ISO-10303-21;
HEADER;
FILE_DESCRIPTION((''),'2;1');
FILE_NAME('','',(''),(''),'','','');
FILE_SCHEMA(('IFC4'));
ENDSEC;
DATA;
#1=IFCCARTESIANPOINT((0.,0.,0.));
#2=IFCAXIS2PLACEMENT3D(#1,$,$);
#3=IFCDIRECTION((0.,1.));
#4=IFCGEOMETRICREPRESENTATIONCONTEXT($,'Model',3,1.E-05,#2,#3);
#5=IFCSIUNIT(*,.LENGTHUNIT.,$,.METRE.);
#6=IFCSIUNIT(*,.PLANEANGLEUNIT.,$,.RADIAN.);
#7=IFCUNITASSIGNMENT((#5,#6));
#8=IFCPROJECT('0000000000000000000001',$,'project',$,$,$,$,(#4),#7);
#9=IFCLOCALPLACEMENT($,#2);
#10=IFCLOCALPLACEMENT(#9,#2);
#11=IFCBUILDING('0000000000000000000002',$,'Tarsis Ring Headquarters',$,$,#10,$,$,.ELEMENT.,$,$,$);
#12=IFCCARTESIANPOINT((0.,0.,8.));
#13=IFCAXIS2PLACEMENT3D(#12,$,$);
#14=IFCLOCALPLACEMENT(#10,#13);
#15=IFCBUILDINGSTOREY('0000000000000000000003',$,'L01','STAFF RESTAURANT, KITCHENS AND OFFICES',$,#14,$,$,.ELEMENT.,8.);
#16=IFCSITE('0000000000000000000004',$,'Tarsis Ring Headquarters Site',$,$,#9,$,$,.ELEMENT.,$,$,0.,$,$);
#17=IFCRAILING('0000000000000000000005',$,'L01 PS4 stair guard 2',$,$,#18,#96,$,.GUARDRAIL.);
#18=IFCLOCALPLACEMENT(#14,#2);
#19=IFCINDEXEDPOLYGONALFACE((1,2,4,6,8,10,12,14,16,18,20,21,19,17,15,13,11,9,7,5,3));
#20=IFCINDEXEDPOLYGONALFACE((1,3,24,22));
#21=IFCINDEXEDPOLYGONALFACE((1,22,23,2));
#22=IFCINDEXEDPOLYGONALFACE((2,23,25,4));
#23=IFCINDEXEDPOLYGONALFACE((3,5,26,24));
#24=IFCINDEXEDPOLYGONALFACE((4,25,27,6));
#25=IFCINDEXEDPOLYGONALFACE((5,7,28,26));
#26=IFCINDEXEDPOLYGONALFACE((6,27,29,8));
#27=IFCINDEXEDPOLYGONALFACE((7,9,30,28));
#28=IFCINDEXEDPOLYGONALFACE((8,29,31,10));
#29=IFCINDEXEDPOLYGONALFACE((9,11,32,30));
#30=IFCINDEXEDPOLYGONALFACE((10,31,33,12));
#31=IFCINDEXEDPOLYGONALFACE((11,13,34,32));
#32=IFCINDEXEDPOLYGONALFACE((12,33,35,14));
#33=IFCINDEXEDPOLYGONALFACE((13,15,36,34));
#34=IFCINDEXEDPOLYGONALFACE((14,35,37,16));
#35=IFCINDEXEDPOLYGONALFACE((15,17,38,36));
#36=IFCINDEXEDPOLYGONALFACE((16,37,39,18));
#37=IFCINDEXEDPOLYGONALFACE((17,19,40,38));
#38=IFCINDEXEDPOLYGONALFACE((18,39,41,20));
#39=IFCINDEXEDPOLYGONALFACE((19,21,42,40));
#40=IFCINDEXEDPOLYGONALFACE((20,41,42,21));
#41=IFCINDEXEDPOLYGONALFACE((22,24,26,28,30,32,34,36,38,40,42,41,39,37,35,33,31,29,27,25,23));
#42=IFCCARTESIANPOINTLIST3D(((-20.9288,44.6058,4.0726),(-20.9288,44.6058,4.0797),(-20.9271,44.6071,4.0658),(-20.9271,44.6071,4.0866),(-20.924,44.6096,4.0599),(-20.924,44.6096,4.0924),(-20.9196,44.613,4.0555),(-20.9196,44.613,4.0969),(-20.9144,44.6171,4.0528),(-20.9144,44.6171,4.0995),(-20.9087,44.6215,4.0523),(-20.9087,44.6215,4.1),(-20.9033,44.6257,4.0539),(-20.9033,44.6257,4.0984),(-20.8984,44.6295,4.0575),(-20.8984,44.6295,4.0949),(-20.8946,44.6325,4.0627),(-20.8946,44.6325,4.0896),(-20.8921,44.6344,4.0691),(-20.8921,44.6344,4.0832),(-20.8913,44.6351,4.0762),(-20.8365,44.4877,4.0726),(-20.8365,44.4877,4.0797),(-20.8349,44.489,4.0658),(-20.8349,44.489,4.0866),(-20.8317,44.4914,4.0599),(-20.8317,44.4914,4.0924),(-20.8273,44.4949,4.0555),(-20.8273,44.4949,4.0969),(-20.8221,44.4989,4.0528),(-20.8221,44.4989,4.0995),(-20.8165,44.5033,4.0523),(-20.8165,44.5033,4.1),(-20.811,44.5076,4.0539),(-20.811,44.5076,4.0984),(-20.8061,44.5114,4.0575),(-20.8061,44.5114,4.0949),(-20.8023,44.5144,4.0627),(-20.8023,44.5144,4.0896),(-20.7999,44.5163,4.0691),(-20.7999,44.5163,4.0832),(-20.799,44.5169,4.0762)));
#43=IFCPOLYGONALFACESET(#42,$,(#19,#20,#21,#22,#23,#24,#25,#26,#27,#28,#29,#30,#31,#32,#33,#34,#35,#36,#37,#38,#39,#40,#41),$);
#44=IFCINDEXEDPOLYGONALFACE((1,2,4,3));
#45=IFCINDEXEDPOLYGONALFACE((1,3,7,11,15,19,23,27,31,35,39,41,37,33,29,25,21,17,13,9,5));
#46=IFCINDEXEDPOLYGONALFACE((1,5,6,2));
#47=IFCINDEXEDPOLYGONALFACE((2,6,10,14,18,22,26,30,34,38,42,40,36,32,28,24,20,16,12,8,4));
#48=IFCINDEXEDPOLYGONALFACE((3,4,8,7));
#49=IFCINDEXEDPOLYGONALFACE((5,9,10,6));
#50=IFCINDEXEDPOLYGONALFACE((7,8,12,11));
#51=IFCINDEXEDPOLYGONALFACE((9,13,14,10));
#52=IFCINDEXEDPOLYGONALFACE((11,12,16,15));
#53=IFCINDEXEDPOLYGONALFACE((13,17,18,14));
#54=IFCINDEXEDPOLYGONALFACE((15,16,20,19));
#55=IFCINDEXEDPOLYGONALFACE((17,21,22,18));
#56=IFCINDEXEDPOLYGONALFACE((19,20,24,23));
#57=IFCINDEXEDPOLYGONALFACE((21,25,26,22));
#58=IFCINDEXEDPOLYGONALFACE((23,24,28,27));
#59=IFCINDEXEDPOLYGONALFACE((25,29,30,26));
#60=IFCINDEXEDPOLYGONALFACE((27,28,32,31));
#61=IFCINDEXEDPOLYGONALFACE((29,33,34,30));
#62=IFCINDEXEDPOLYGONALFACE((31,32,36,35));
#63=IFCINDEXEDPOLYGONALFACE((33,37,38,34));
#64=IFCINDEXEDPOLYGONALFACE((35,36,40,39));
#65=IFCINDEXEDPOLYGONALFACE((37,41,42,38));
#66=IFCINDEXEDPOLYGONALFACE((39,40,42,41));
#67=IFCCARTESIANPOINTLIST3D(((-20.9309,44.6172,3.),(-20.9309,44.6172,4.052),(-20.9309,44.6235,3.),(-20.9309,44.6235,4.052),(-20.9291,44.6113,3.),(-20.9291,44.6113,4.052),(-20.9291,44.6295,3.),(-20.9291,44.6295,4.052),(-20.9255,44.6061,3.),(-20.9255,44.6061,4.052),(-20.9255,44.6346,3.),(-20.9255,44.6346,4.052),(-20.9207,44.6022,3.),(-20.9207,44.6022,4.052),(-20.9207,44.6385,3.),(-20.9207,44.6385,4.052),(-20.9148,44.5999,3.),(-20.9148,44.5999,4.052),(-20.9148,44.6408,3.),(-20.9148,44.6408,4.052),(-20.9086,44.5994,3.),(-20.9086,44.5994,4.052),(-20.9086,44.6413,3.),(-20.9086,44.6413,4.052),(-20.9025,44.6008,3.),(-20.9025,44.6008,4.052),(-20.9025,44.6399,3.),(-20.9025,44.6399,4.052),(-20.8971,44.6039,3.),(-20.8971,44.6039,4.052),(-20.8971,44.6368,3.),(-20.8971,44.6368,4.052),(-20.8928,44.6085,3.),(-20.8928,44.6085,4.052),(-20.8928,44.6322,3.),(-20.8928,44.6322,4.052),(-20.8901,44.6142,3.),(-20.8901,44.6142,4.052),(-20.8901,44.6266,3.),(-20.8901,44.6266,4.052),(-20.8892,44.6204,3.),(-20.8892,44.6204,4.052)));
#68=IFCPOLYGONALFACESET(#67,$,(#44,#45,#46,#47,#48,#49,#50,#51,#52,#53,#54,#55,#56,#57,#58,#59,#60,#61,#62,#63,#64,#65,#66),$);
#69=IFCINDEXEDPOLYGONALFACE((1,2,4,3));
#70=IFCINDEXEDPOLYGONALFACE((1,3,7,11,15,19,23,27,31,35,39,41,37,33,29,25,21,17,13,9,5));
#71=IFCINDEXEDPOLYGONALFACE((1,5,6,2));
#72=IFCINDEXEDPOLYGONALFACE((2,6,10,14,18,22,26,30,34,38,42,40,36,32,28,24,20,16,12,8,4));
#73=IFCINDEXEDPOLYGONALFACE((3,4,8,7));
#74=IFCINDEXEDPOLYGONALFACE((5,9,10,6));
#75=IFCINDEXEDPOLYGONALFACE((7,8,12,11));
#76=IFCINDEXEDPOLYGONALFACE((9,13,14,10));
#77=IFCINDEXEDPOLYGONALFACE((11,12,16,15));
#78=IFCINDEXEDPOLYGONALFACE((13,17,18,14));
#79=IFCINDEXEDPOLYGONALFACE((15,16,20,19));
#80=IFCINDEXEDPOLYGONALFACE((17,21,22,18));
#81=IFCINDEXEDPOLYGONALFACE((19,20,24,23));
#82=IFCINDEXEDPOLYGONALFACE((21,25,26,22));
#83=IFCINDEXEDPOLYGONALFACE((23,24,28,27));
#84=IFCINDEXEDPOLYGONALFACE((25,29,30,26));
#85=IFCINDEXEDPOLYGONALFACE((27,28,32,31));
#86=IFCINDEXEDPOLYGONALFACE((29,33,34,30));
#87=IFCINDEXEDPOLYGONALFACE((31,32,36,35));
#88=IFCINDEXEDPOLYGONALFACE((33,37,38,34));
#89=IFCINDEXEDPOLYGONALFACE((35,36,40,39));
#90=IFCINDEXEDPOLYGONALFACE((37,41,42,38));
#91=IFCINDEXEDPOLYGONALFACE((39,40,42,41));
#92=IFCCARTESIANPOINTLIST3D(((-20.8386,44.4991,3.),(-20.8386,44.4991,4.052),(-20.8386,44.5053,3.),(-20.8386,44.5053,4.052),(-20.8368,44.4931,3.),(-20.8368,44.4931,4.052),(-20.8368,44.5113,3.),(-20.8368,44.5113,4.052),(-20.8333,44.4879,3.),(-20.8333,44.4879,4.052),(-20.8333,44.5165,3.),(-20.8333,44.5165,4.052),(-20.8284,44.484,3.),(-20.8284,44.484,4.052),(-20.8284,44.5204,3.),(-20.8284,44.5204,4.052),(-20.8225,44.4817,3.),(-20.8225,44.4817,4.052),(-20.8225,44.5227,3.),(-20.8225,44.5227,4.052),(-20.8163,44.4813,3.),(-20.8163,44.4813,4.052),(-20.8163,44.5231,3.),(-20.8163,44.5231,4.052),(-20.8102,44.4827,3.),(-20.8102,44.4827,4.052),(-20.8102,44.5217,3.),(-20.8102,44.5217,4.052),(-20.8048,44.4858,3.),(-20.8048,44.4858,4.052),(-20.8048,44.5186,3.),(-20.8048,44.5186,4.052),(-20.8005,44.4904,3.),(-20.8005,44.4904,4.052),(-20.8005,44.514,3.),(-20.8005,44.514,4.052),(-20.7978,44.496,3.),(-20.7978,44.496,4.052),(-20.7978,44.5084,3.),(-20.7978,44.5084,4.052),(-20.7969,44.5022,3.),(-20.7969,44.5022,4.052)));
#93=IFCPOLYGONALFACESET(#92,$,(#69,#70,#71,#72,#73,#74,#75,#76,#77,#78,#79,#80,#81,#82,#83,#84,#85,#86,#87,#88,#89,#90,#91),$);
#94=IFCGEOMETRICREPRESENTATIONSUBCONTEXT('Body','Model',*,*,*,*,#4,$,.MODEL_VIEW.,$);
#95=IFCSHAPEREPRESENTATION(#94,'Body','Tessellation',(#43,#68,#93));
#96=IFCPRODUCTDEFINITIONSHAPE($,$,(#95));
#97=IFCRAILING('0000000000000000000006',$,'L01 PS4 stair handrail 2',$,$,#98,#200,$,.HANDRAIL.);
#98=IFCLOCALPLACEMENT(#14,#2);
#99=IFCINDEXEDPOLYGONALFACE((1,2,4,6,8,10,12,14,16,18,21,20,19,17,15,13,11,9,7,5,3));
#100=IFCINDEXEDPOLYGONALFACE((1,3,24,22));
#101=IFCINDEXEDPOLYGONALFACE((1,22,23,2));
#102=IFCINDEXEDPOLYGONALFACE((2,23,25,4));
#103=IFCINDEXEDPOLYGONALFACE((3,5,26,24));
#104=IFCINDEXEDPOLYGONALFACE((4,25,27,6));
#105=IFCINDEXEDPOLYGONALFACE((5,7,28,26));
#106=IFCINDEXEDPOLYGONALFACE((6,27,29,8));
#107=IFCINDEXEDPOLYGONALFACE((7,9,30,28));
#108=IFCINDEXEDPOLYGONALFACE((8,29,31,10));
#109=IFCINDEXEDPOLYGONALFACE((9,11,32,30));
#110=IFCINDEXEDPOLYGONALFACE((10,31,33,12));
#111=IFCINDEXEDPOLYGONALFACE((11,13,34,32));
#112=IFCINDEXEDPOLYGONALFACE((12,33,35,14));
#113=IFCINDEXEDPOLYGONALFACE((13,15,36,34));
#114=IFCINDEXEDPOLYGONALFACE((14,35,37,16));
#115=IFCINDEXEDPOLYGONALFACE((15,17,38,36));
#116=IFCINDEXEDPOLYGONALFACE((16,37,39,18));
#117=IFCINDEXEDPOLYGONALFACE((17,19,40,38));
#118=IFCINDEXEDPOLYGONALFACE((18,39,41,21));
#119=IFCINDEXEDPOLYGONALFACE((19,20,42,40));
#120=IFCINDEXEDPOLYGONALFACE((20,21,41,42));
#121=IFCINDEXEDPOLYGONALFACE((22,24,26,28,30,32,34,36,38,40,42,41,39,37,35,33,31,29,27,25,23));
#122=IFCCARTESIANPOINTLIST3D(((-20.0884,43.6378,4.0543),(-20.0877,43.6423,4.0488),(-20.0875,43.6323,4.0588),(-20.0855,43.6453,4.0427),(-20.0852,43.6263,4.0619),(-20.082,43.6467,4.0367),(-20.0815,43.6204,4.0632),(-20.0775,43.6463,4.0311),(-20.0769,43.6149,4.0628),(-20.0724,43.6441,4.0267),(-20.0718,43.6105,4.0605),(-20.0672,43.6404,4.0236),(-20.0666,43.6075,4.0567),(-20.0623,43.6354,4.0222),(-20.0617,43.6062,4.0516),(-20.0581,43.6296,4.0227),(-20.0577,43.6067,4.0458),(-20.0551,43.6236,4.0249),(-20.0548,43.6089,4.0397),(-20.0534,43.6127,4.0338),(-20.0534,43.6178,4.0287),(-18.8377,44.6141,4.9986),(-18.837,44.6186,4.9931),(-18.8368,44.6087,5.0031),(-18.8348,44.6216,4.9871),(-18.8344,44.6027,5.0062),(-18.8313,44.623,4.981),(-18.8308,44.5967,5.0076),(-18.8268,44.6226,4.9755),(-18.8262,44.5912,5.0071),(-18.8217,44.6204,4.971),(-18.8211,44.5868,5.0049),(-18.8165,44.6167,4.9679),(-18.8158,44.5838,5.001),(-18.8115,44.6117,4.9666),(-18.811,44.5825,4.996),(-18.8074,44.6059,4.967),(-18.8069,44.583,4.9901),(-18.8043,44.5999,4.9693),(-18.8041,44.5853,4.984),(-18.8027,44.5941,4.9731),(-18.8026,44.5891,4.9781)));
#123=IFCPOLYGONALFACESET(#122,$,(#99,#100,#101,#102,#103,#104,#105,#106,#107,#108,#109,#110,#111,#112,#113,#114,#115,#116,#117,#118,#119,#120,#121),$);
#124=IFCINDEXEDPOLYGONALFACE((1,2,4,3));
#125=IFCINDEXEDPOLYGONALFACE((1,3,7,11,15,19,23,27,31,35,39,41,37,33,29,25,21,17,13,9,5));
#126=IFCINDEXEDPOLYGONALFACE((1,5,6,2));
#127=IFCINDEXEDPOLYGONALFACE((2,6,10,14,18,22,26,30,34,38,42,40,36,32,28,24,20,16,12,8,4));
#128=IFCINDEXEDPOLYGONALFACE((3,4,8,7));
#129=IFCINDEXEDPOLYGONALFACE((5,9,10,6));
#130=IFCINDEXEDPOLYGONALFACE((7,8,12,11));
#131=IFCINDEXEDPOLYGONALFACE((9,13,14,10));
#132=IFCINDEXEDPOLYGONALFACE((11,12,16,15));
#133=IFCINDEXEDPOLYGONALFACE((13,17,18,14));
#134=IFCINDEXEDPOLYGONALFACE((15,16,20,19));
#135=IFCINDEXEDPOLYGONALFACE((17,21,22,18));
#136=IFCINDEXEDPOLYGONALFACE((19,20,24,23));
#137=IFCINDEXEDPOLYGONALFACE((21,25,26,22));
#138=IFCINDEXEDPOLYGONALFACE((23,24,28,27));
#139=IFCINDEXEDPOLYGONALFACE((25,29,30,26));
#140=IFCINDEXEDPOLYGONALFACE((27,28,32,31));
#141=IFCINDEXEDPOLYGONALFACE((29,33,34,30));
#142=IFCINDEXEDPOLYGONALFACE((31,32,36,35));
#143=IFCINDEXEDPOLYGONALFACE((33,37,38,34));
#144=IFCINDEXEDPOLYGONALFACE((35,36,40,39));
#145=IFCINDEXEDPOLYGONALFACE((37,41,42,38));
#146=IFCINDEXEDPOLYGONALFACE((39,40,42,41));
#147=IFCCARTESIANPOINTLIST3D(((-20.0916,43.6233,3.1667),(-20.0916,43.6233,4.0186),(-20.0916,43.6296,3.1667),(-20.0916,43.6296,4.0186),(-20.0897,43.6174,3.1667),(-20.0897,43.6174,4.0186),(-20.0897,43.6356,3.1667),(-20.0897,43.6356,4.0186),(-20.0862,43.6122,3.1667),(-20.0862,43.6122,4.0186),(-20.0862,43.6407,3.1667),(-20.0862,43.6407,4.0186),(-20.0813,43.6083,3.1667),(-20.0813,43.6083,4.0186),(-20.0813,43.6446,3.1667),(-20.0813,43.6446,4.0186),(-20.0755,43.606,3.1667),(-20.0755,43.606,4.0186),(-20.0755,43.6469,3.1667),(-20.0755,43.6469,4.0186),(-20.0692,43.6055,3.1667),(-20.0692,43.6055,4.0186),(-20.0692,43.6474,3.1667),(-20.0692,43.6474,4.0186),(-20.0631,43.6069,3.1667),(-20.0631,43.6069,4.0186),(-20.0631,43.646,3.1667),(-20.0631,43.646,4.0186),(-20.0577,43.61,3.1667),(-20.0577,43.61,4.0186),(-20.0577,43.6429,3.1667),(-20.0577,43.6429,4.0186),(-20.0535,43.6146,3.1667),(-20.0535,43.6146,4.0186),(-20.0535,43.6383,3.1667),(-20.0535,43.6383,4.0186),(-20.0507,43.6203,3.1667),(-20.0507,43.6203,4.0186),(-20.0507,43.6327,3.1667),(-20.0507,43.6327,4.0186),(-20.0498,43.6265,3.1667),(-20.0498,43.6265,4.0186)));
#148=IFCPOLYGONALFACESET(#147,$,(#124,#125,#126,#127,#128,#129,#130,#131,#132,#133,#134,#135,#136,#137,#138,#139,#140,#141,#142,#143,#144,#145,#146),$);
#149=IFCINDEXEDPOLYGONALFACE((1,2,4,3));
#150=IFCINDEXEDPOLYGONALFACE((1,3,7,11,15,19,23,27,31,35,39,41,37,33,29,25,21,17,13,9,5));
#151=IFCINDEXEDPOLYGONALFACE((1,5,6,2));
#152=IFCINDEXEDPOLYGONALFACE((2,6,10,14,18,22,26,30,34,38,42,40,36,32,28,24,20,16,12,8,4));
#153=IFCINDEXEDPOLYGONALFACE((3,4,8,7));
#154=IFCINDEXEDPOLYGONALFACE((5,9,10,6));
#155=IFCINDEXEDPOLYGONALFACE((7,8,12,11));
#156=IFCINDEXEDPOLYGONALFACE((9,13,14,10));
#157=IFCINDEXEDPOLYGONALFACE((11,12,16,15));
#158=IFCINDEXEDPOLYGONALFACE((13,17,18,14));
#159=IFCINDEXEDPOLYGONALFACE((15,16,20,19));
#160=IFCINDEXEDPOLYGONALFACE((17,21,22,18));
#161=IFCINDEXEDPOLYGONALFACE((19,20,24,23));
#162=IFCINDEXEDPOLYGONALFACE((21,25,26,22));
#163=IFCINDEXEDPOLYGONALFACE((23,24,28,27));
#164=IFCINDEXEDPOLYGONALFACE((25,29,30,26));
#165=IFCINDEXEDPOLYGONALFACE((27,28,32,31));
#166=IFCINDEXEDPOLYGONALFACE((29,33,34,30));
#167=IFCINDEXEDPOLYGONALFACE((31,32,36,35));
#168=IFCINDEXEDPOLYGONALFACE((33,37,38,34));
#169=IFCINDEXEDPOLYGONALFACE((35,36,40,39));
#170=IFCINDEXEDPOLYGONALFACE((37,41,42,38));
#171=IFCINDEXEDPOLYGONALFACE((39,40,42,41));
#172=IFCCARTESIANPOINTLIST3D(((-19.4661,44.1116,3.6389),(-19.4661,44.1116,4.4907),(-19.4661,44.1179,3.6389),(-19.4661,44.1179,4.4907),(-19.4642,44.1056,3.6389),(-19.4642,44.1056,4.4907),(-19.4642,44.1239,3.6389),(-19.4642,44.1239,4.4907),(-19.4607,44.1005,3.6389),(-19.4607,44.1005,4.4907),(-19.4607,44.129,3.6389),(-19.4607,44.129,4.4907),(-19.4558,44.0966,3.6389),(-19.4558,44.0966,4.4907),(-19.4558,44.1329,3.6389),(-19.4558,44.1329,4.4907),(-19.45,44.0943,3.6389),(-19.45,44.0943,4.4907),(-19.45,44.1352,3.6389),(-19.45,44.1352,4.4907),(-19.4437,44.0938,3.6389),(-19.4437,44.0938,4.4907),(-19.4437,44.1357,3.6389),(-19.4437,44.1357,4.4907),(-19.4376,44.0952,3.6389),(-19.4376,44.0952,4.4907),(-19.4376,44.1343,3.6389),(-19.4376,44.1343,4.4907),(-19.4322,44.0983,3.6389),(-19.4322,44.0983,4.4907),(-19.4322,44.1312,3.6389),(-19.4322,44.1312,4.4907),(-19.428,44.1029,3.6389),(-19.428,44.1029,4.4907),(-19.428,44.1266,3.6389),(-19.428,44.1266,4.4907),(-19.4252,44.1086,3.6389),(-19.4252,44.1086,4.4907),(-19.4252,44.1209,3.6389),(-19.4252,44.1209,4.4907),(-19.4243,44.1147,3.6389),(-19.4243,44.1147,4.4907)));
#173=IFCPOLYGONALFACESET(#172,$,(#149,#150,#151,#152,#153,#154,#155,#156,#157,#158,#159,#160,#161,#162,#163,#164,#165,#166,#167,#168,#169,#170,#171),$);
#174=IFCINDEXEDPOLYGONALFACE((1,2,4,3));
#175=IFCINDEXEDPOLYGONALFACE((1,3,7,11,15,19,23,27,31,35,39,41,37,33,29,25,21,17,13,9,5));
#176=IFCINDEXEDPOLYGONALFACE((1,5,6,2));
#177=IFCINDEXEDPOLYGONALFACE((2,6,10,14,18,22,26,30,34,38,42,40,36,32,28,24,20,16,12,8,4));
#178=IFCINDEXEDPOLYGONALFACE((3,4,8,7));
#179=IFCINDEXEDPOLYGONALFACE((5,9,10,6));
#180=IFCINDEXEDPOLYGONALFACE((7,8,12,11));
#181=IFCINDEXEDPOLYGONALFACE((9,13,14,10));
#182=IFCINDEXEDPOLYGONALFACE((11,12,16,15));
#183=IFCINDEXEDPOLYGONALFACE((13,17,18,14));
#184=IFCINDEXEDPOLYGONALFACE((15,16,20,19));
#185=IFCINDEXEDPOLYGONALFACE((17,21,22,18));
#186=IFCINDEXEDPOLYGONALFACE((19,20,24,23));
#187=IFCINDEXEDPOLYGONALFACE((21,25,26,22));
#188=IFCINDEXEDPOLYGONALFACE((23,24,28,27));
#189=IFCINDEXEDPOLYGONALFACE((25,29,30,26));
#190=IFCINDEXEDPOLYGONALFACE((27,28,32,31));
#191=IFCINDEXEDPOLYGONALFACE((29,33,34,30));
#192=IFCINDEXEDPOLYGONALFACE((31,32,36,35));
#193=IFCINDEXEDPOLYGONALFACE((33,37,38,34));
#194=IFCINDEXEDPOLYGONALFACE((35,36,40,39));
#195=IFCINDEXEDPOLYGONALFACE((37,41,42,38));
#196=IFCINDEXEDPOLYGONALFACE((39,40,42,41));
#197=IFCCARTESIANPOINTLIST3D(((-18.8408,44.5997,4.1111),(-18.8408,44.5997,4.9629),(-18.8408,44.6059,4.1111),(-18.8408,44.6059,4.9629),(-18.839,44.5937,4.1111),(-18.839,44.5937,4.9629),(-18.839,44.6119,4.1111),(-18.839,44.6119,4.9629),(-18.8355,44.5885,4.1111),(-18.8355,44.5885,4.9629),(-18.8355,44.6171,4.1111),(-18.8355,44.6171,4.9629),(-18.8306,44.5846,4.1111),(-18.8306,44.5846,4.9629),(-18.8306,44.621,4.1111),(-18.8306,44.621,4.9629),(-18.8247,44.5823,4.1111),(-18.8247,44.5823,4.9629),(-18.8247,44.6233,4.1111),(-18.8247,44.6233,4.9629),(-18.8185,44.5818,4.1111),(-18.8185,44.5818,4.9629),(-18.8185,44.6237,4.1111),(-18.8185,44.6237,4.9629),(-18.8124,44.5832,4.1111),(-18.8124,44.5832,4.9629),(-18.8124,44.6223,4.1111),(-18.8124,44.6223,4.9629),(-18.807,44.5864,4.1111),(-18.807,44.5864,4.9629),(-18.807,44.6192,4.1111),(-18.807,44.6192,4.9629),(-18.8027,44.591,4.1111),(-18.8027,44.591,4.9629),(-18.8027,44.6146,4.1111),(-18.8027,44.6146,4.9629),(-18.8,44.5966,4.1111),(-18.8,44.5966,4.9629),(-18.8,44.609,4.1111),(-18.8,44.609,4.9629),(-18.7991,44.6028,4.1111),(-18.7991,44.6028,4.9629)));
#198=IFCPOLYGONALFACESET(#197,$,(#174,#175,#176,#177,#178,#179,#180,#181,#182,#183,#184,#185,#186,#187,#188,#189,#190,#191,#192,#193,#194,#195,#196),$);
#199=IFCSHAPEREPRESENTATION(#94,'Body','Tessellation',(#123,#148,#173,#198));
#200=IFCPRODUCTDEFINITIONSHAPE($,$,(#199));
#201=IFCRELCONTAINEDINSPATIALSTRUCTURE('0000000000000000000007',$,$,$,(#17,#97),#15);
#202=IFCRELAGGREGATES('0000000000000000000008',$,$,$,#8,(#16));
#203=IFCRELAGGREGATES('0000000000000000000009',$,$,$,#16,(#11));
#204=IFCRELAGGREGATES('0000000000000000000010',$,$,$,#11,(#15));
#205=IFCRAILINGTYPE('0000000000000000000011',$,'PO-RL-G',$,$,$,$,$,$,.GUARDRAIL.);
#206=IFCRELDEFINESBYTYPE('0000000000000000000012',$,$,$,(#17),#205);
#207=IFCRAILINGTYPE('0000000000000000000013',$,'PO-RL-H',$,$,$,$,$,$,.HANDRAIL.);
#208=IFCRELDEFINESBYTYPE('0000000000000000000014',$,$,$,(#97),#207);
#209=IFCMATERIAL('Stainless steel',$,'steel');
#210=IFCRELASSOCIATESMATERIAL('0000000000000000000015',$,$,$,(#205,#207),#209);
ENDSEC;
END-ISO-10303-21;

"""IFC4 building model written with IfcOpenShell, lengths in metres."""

from ifc_helpers import new_model, si_unit, direction, frame, origin, origin_2d, place, context, subcontext, project, spatial, circle, extrude, material, type_object, element, save


model = new_model("IFC4")

# Units and contexts
model_context = context("Model", 3, precision=1e-05, world=origin(), true_north=direction((0.0, 1.0)))
body_context = subcontext(model_context, "Body", "Model", "MODEL_VIEW")
ifc_project = project(units=[si_unit("LENGTHUNIT", "METRE"), si_unit("PLANEANGLEUNIT", "RADIAN")], contexts=[model_context])

# Site, building, storey
site_placement = place(None, origin())
site = spatial("IfcSite", under=ifc_project, at=site_placement, Name="Tarsis Ring Headquarters Site", CompositionType="ELEMENT", RefElevation=0.0)
building_placement = place(site_placement, origin())
building = spatial("IfcBuilding", under=site, at=building_placement, Name="Tarsis Ring Headquarters", CompositionType="ELEMENT")
storey_placement = place(building_placement, frame((0.0, 0.0, 8.0)))
storey = spatial("IfcBuildingStorey", under=building, at=storey_placement, Name="L01", Description="STAFF RESTAURANT, KITCHENS AND OFFICES", CompositionType="ELEMENT", Elevation=8.0)

# Railings
ifc_material_1 = material(Name="Stainless steel", Category="steel")
railing_type_1 = type_object("IfcRailingType", Name="PO-RL-G", PredefinedType="GUARDRAIL", material=ifc_material_1)
railing_1_placement = place(storey_placement, frame((-20.9102, 44.6204, 3.0)))
element("IfcRailing", 1, at=railing_1_placement, inside=storey, type_object=railing_type_1, Name="L01 PS4 stair guard 2", PredefinedType="GUARDRAIL", context=body_context, shape_type="SweptSolid", body=[
    extrude(circle(Radius=0.0239, at=origin_2d()), frame((0.0, 0.0, 1.0762), z_axis=(0.615518, -0.788123, 0.0), x_axis=(0.788123, 0.615518, 0.0)), (0.0, 0.0, 1.0), 0.1499),
    extrude(circle(Radius=0.021, at=origin_2d()), origin(), (0.0, 0.0, 1.0), 1.052),
    extrude(circle(Radius=0.021, at=origin_2d()), frame((0.0923, -0.1182, 0.0)), (0.0, 0.0, 1.0), 1.052),
])
railing_type_2 = type_object("IfcRailingType", Name="PO-RL-H", PredefinedType="HANDRAIL", material=ifc_material_1)
railing_2_placement = place(storey_placement, frame((-20.0708, 43.6265, 3.1667)))
element("IfcRailing", 2, at=railing_2_placement, inside=storey, type_object=railing_type_2, Name="L01 PS4 stair handrail 2", PredefinedType="HANDRAIL", context=body_context, shape_type="SweptSolid", body=[
    extrude(circle(Radius=0.0239, at=origin_2d()), frame((0.0, 0.0, 0.876), z_axis=(0.677379, 0.52876, 0.511439), x_axis=(-0.615324, 0.788274, 0.0)), (0.0, 0.0, 1.0), 1.8464),
    extrude(circle(Radius=0.021, at=origin_2d()), origin(), (0.0, 0.0, 1.0), 0.8518),
    extrude(circle(Radius=0.021, at=origin_2d()), frame((0.6255, 0.4883, 0.4722)), (0.0, 0.0, 1.0), 0.8518),
    extrude(circle(Radius=0.021, at=origin_2d()), frame((1.2507, 0.9763, 0.9443)), (0.0, 0.0, 1.0), 0.8518),
])

save(model, "model.ifc")
